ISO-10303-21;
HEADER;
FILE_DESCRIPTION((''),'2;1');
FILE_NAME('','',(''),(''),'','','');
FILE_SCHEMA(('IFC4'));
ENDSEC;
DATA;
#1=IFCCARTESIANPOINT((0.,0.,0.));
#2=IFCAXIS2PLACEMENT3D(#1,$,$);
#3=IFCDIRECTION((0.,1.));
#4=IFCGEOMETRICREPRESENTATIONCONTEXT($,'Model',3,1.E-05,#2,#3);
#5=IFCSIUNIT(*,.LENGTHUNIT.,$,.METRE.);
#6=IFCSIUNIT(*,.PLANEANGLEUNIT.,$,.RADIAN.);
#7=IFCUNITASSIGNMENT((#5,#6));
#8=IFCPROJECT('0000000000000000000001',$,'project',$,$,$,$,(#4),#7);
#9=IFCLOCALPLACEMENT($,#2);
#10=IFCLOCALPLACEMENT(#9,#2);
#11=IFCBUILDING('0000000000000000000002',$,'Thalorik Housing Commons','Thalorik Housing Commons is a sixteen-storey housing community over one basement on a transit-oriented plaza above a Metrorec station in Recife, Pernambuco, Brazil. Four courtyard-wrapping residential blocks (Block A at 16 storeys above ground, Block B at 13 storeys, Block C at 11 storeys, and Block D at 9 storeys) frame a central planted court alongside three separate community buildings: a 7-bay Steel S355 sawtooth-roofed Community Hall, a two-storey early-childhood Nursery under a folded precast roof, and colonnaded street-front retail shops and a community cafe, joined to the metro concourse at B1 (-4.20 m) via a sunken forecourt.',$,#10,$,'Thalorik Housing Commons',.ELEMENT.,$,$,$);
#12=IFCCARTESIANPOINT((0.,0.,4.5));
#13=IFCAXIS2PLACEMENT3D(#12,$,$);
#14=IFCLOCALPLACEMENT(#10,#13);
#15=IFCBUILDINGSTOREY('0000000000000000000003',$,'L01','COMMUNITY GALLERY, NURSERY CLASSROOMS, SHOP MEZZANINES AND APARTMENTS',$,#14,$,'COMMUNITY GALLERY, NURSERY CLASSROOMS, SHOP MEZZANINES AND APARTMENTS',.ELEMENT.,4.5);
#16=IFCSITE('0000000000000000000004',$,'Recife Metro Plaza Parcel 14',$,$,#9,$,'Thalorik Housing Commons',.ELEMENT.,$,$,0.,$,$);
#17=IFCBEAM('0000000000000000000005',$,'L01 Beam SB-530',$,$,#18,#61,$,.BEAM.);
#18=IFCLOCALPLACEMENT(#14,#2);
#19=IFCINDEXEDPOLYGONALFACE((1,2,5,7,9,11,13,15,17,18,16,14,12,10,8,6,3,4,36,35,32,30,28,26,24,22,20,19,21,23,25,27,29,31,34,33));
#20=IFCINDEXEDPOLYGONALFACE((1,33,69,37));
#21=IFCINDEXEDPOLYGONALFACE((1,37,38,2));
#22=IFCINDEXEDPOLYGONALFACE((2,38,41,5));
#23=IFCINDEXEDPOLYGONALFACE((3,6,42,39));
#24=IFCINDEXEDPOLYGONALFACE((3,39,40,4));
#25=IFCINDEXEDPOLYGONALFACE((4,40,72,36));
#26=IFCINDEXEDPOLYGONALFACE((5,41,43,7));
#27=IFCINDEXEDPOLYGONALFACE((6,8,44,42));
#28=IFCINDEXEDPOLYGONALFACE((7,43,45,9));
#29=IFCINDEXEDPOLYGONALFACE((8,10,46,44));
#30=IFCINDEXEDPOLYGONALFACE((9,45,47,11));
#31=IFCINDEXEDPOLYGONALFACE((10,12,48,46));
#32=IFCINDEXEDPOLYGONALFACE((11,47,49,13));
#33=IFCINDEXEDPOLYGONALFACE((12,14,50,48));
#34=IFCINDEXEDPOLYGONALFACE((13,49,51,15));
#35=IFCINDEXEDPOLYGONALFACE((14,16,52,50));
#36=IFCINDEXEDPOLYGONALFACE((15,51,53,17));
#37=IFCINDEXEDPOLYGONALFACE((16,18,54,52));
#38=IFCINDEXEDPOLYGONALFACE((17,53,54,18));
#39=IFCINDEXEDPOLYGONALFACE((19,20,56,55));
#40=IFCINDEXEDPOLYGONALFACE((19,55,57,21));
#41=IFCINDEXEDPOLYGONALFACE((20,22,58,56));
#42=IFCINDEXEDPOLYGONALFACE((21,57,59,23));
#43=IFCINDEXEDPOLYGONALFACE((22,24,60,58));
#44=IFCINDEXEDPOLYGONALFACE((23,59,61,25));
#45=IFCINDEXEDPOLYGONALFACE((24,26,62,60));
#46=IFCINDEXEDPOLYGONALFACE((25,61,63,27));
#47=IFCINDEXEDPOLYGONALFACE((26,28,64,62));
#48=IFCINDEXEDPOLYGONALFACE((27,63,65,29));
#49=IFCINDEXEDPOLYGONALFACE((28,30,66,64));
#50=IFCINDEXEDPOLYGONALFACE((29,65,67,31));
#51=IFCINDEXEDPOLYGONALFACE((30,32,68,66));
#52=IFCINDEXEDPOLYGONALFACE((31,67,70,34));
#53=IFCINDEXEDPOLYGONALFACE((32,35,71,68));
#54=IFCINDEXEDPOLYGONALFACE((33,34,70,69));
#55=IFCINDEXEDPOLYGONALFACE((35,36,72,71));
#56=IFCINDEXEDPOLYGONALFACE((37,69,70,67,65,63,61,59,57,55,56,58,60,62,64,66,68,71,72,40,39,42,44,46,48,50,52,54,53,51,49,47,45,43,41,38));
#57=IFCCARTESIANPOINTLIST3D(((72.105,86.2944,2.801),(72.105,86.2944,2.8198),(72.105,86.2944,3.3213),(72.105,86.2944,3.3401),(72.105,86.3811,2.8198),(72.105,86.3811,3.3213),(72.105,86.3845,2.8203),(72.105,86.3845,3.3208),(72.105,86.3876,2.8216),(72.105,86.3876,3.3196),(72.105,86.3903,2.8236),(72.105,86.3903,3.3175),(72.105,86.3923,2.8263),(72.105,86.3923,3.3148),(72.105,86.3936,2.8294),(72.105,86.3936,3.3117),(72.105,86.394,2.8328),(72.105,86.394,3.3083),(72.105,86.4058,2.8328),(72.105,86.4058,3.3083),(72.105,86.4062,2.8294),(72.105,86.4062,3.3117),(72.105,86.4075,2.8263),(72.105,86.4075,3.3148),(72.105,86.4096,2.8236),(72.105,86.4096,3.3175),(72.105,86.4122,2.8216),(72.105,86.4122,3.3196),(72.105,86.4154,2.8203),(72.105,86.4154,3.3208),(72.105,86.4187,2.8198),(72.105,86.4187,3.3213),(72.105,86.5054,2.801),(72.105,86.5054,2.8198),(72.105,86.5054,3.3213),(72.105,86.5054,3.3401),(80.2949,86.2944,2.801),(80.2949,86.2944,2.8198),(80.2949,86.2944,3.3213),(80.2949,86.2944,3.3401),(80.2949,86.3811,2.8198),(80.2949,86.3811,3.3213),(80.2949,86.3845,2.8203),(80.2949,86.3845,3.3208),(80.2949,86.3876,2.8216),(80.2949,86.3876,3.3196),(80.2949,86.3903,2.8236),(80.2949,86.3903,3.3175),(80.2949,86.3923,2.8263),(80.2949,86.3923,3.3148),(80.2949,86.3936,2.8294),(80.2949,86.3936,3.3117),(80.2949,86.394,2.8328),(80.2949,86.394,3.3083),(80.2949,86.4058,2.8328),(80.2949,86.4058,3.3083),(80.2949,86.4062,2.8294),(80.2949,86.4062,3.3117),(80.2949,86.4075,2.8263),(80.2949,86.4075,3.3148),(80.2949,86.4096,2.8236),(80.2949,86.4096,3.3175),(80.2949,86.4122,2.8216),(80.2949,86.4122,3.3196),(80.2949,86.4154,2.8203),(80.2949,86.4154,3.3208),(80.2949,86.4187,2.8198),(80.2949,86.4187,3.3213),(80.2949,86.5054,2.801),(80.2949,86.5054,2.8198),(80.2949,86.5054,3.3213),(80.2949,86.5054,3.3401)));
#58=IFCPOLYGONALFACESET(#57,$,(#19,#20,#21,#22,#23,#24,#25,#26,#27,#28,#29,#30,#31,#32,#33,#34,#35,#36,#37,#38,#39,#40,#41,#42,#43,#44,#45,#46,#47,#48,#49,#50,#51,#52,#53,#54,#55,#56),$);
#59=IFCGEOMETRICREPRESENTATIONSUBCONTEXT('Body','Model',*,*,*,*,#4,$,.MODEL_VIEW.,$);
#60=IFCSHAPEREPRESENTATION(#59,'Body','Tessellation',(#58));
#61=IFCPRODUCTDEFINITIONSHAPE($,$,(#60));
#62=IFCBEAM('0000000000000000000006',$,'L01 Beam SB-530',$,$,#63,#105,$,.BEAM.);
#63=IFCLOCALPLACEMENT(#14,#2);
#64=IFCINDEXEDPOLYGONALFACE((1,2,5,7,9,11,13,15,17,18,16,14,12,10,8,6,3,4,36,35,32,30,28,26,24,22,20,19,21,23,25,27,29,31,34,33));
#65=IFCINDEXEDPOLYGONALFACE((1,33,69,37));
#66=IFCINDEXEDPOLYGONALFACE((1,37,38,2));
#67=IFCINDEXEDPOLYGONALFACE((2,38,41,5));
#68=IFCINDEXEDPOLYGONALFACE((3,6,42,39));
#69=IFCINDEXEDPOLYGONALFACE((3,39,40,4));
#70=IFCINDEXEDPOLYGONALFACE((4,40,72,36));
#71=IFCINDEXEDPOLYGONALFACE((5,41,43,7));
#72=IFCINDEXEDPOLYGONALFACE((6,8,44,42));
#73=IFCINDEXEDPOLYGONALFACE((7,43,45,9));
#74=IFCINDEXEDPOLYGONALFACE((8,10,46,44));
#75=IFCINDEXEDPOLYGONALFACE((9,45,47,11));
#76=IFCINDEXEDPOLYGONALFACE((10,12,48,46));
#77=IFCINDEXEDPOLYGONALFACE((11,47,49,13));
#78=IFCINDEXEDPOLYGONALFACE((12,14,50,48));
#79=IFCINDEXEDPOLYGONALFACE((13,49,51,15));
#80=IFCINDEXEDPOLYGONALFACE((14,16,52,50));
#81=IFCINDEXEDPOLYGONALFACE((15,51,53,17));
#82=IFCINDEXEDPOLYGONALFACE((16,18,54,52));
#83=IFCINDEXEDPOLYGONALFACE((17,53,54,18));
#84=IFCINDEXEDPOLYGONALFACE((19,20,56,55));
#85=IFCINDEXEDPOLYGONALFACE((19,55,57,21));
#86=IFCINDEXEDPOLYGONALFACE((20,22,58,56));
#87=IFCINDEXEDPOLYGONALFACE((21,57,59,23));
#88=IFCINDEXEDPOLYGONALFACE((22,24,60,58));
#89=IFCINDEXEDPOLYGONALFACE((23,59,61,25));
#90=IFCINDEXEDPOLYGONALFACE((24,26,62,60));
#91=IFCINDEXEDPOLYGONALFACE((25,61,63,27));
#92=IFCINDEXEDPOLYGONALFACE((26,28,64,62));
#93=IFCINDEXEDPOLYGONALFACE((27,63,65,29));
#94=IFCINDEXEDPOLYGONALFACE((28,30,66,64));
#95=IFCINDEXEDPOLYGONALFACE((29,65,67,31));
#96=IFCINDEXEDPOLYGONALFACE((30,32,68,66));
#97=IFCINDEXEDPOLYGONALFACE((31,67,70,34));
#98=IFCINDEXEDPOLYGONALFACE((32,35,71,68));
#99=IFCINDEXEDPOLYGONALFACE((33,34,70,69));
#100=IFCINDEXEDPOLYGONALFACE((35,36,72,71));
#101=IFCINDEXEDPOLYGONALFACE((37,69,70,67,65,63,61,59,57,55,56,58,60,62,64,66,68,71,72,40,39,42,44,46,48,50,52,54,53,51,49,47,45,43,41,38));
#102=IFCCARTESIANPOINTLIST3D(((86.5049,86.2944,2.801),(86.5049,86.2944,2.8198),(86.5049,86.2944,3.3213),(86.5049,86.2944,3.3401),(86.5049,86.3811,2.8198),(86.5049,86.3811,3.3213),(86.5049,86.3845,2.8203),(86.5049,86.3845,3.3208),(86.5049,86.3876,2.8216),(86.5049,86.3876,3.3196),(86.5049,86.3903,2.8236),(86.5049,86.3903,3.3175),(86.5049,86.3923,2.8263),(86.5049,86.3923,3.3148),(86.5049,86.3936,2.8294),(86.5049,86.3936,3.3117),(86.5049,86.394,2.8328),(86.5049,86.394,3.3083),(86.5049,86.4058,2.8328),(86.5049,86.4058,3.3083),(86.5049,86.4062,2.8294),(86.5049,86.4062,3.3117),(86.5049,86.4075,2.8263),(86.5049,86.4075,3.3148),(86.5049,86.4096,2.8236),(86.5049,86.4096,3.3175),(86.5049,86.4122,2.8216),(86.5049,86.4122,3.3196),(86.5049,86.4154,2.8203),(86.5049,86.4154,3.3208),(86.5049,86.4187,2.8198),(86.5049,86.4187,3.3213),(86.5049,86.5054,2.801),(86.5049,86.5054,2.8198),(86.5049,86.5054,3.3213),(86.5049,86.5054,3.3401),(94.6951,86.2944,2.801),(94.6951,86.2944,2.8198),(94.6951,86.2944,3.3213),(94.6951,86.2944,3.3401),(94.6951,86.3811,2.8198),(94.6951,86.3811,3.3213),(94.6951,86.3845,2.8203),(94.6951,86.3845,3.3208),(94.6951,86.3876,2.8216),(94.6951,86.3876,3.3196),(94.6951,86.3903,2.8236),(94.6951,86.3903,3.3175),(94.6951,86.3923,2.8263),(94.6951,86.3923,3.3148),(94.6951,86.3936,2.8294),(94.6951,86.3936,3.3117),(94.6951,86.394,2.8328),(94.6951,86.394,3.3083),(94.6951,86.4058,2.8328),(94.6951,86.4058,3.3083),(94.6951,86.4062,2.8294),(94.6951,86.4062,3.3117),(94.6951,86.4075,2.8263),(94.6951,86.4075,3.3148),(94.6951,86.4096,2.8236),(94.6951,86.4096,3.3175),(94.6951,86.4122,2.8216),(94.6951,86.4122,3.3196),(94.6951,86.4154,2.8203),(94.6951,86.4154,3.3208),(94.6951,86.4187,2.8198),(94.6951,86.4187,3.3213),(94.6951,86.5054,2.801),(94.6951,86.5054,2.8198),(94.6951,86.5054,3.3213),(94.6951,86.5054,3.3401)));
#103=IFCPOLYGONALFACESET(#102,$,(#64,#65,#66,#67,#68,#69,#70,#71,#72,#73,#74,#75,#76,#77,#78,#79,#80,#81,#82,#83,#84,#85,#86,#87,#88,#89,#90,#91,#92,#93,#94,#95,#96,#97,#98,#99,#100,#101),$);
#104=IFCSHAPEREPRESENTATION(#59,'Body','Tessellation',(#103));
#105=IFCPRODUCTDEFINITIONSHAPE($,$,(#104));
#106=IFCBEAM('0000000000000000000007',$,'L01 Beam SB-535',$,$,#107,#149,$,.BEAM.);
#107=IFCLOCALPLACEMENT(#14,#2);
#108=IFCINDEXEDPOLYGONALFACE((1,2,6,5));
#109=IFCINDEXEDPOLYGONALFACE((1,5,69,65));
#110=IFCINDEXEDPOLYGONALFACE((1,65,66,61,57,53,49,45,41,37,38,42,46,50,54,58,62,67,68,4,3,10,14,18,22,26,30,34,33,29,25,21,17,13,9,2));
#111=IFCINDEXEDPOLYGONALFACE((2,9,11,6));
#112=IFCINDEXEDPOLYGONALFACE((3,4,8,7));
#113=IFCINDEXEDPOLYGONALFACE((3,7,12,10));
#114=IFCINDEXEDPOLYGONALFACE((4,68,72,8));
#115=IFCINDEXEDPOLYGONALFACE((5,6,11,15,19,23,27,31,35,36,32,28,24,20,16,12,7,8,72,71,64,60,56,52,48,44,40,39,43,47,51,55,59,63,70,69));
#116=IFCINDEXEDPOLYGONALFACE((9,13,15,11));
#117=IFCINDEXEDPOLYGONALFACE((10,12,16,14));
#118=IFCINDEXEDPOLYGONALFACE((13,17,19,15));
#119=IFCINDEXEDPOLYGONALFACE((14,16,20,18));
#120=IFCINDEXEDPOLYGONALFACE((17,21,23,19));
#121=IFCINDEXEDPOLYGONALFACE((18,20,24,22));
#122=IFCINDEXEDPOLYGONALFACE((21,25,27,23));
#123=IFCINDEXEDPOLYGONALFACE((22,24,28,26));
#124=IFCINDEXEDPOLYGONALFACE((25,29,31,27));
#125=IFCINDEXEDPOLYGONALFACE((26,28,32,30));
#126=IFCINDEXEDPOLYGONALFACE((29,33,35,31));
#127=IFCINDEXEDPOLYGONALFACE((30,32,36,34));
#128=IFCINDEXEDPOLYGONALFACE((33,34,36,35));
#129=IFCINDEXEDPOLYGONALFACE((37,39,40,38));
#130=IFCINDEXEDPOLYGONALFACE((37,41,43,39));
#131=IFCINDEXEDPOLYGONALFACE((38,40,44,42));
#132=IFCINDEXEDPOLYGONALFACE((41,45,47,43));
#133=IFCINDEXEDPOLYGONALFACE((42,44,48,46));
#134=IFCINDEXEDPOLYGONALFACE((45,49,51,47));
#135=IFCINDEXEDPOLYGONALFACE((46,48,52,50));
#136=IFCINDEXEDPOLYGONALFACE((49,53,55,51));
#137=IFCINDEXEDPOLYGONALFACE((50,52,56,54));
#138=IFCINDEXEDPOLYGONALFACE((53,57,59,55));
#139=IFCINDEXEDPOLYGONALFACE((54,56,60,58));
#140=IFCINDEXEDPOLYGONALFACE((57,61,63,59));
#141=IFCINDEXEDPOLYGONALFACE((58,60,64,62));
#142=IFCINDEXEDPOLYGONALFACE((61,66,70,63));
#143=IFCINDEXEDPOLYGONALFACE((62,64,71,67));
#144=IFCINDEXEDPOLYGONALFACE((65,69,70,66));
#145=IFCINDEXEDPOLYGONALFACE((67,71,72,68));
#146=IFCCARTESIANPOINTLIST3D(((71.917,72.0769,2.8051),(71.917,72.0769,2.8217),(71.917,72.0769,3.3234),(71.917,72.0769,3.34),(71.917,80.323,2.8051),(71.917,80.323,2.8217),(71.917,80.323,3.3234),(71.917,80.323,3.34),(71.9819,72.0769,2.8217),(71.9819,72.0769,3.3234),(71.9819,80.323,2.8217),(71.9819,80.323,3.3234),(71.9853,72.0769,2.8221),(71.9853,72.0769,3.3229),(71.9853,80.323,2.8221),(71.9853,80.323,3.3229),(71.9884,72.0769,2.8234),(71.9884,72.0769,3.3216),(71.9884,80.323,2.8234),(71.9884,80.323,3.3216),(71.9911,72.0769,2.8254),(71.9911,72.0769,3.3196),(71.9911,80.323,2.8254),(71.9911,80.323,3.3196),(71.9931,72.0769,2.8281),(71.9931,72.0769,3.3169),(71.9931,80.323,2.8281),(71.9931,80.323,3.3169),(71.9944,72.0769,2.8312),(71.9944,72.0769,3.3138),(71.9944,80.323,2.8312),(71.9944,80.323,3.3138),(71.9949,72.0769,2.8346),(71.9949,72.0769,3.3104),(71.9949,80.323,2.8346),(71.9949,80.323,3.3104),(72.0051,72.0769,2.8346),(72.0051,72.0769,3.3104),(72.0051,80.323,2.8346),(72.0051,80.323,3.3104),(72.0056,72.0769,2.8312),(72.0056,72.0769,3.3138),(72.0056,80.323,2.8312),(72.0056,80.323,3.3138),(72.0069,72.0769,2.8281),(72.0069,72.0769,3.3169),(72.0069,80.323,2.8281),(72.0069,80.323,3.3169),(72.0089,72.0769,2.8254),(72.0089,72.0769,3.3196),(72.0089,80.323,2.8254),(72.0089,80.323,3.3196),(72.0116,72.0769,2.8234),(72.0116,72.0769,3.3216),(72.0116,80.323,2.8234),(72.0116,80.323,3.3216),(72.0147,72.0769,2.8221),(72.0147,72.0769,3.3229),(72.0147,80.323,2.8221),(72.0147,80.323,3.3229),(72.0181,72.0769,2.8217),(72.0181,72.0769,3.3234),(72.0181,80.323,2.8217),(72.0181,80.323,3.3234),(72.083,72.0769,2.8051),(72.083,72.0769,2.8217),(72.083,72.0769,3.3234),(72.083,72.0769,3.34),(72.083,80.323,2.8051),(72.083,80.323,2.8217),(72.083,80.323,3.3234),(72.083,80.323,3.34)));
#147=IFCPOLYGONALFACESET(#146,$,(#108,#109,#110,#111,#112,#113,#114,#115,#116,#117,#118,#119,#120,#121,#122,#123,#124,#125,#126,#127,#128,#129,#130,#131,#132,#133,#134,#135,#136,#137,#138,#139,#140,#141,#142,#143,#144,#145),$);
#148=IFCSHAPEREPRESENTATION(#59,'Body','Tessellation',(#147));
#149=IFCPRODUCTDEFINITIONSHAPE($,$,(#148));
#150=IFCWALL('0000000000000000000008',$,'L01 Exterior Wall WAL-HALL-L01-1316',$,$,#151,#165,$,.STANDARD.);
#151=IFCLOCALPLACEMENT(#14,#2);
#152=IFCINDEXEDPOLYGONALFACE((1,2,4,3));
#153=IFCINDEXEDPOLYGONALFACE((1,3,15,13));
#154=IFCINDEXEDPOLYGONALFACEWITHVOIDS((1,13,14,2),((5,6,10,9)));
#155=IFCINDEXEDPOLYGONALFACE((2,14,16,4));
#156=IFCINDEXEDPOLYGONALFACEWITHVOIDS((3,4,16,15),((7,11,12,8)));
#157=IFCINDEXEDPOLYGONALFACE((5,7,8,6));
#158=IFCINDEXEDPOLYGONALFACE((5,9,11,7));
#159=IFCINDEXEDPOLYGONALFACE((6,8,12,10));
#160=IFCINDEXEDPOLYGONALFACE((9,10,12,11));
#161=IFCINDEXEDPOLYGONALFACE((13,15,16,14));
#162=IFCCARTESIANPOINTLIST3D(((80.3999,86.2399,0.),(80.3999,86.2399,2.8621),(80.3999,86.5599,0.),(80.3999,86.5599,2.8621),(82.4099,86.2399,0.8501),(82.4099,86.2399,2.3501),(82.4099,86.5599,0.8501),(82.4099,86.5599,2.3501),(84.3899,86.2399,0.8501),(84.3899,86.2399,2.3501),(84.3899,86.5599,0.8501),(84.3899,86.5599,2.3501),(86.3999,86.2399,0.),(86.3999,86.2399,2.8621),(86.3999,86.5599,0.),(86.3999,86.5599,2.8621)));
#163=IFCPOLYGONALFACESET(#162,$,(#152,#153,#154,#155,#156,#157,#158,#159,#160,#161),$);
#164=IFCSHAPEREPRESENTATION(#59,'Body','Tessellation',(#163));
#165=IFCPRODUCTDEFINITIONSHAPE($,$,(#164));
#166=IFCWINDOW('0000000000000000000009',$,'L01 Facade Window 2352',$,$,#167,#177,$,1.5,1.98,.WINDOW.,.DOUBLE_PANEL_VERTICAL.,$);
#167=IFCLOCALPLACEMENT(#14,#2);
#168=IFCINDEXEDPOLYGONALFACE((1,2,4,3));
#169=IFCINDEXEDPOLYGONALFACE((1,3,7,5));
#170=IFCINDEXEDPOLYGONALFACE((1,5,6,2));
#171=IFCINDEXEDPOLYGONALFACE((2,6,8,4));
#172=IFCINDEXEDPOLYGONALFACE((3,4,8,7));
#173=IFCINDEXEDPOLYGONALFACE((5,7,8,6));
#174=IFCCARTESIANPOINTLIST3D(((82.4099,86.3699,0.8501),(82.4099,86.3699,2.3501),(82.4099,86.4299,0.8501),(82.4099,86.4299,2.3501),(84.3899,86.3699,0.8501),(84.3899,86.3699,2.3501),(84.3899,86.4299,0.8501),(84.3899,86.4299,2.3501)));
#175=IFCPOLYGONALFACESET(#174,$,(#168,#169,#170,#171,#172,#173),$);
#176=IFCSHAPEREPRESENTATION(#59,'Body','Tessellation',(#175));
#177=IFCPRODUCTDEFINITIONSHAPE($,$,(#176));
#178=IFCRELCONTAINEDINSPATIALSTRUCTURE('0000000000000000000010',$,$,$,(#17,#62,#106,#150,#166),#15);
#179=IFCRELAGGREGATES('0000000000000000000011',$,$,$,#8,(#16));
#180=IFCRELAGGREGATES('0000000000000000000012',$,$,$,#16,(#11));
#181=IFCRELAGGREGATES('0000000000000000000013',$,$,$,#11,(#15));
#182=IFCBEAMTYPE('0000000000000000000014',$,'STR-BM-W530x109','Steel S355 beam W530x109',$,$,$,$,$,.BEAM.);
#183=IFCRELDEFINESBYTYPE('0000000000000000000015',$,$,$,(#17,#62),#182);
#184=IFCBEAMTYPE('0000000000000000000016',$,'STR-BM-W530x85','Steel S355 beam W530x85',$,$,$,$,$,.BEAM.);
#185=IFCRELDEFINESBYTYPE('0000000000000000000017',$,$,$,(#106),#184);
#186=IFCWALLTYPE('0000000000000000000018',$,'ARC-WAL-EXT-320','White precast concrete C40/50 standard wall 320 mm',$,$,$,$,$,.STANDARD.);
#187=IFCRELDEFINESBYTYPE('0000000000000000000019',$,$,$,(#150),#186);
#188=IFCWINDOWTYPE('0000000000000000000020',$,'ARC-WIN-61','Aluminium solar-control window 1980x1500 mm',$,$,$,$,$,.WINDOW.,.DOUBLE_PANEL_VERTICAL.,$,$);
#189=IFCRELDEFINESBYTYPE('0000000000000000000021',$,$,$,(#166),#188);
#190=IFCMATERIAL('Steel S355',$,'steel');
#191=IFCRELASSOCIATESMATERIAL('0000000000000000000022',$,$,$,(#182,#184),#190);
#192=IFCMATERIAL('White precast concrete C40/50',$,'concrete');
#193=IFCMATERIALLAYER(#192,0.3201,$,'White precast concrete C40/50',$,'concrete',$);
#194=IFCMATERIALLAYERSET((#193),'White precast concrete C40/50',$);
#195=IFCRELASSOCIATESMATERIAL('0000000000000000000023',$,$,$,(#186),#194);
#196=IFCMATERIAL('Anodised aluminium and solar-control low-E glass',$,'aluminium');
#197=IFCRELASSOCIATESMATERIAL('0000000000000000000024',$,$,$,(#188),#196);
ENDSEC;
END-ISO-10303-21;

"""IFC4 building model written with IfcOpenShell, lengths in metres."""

from ifc_helpers import new_model, si_unit, direction, frame, frame_2d, origin, origin_2d, place, context, subcontext, project, spatial, rectangle, i_section, extrude, material, layer, layer_set, material_profile, profile_set, type_object, element, fill, save


model = new_model("IFC4")

# Units and contexts
model_context = context("Model", 3, precision=1e-05, world=origin(), true_north=direction((0.0, 1.0)))
body_context = subcontext(model_context, "Body", "Model", "MODEL_VIEW")
ifc_project = project(units=[si_unit("LENGTHUNIT", "METRE"), si_unit("PLANEANGLEUNIT", "RADIAN")], contexts=[model_context])

# Site, building, storey
site_placement = place(None, origin())
site = spatial("IfcSite", under=ifc_project, at=site_placement, Name="Recife Metro Plaza Parcel 14", LongName="Thalorik Housing Commons", CompositionType="ELEMENT", RefElevation=0.0)
building_placement = place(site_placement, origin())
building = spatial("IfcBuilding", under=site, at=building_placement, Name="Thalorik Housing Commons", Description="Thalorik Housing Commons is a sixteen-storey housing community over one basement on a transit-oriented plaza above a Metrorec station in Recife, Pernambuco, Brazil. Four courtyard-wrapping residential blocks (Block A at 16 storeys above ground, Block B at 13 storeys, Block C at 11 storeys, and Block D at 9 storeys) frame a central planted court alongside three separate community buildings: a 7-bay Steel S355 sawtooth-roofed Community Hall, a two-storey early-childhood Nursery under a folded precast roof, and colonnaded street-front retail shops and a community cafe, joined to the metro concourse at B1 (-4.20 m) via a sunken forecourt.", LongName="Thalorik Housing Commons", CompositionType="ELEMENT")
storey_placement = place(building_placement, frame((0.0, 0.0, 4.5)))
storey = spatial("IfcBuildingStorey", under=building, at=storey_placement, Name="L01", Description="COMMUNITY GALLERY, NURSERY CLASSROOMS, SHOP MEZZANINES AND APARTMENTS", LongName="COMMUNITY GALLERY, NURSERY CLASSROOMS, SHOP MEZZANINES AND APARTMENTS", CompositionType="ELEMENT", Elevation=4.5)

# Shared definitions
ifc_material_1 = material(Name="Steel S355", Category="steel")

# Beams
ifc_material_profile_1 = material_profile(ifc_material_1, i_section(OverallWidth=0.2109, OverallDepth=0.5391, WebThickness=0.0117, FlangeThickness=0.0188, FilletRadius=0.0129, at=origin_2d()), Name="W530x109", Category="steel")
ifc_profile_set_1 = profile_set([ifc_material_profile_1], Name="Steel S355")
beam_type_1 = type_object("IfcBeamType", Name="STR-BM-W530x109", Description="Steel S355 beam W530x109", PredefinedType="BEAM", material=ifc_profile_set_1)
beam_1_placement = place(storey_placement, frame((72.105, 86.3999, 3.0706), z_axis=(1.0, 0.0, 0.0), x_axis=(0.0, 1.0, 0.0)))
element("IfcBeam", 1, at=beam_1_placement, inside=storey, type_object=beam_type_1, Name="L01 Beam SB-530", PredefinedType="BEAM", context=body_context, shape_type="SweptSolid", body=[
    extrude(i_section(OverallWidth=0.2109, OverallDepth=0.5391, WebThickness=0.0117, FlangeThickness=0.0188, FilletRadius=0.0129, at=origin_2d()), origin(), (0.0, 0.0, 1.0), 8.1899),
])
beam_2_placement = place(storey_placement, frame((86.5049, 86.3999, 3.0706), z_axis=(1.0, 0.0, 0.0), x_axis=(0.0, 1.0, 0.0)))
element("IfcBeam", 2, at=beam_2_placement, inside=storey, type_object=beam_type_1, Name="L01 Beam SB-530", PredefinedType="BEAM", context=body_context, shape_type="SweptSolid", body=[
    extrude(i_section(OverallWidth=0.2109, OverallDepth=0.5391, WebThickness=0.0117, FlangeThickness=0.0188, FilletRadius=0.0129, at=origin_2d()), origin(), (0.0, 0.0, 1.0), 8.1902),
])
ifc_material_profile_2 = material_profile(ifc_material_1, i_section(OverallWidth=0.166, OverallDepth=0.5349, WebThickness=0.0103, FlangeThickness=0.0166, FilletRadius=0.0129, at=origin_2d()), Name="W530x85", Category="steel")
ifc_profile_set_2 = profile_set([ifc_material_profile_2], Name="Steel S355")
beam_type_2 = type_object("IfcBeamType", Name="STR-BM-W530x85", Description="Steel S355 beam W530x85", PredefinedType="BEAM", material=ifc_profile_set_2)
beam_3_placement = place(storey_placement, frame((72.0, 72.0769, 3.0725), z_axis=(0.0, 1.0, 0.0), x_axis=(-1.0, 0.0, 0.0)))
element("IfcBeam", 3, at=beam_3_placement, inside=storey, type_object=beam_type_2, Name="L01 Beam SB-535", PredefinedType="BEAM", context=body_context, shape_type="SweptSolid", body=[
    extrude(i_section(OverallWidth=0.166, OverallDepth=0.5349, WebThickness=0.0103, FlangeThickness=0.0166, FilletRadius=0.0129, at=origin_2d()), origin(), (0.0, 0.0, 1.0), 8.2461),
])

# Wall, opening, window
ifc_material_2 = material(Name="White precast concrete C40/50", Category="concrete")
ifc_layer_1 = layer(ifc_material_2, 0.3201, Name="White precast concrete C40/50", Category="concrete")
ifc_layer_set_1 = layer_set([ifc_layer_1], Name="White precast concrete C40/50")
wall_type_1 = type_object("IfcWallType", Name="ARC-WAL-EXT-320", Description="White precast concrete C40/50 standard wall 320 mm", PredefinedType="STANDARD", material=ifc_layer_set_1)
wall_1_placement = place(storey_placement, frame((86.3999, 86.3999, 0.0), z_axis=(0.0, 0.0, 1.0), x_axis=(-1.0, 0.0, 0.0)))
wall_1 = element("IfcWall", 4, at=wall_1_placement, inside=storey, type_object=wall_type_1, Name="L01 Exterior Wall WAL-HALL-L01-1316", PredefinedType="STANDARD", context=body_context, shape_type="SweptSolid", body=[
    extrude(rectangle(XDim=6.0, YDim=0.3201, at=frame_2d((3.0, 0.0))), origin(), (0.0, 0.0, 1.0), 2.8621),
])
opening_1_placement = place(wall_1_placement, frame((2.01, 0.0, 0.8501)))
opening_1 = element("IfcOpeningElement", 5, at=opening_1_placement, cuts=wall_1, PredefinedType="OPENING", context=body_context, shape_type="SweptSolid", body=[
    extrude(rectangle(XDim=1.98, YDim=1.5, at=frame_2d((0.99, 0.75))), frame((0.0, 0.1699, 0.0), z_axis=(0.0, -1.0, 0.0), x_axis=(1.0, 0.0, 0.0)), (0.0, 0.0, 1.0), 0.3401),
])
ifc_material_3 = material(Name="Anodised aluminium and solar-control low-E glass", Category="aluminium")
window_type_1 = type_object("IfcWindowType", Name="ARC-WIN-61", Description="Aluminium solar-control window 1980x1500 mm", PartitioningType="DOUBLE_PANEL_VERTICAL", PredefinedType="WINDOW", material=ifc_material_3)
window_1_placement = place(opening_1_placement, origin())
window_1 = element("IfcWindow", 6, at=window_1_placement, inside=storey, type_object=window_type_1, Name="L01 Facade Window 2352", OverallHeight=1.5, OverallWidth=1.98, PartitioningType="DOUBLE_PANEL_VERTICAL", PredefinedType="WINDOW", context=body_context, shape_type="SweptSolid", body=[
    extrude(rectangle(XDim=1.98, YDim=1.5, at=frame_2d((0.99, 0.75))), frame((0.0, 0.03, 0.0), z_axis=(0.0, -1.0, 0.0), x_axis=(1.0, 0.0, 0.0)), (0.0, 0.0, 1.0), 0.0601),
])
fill(opening_1, window_1)

save(model, "model.ifc")
